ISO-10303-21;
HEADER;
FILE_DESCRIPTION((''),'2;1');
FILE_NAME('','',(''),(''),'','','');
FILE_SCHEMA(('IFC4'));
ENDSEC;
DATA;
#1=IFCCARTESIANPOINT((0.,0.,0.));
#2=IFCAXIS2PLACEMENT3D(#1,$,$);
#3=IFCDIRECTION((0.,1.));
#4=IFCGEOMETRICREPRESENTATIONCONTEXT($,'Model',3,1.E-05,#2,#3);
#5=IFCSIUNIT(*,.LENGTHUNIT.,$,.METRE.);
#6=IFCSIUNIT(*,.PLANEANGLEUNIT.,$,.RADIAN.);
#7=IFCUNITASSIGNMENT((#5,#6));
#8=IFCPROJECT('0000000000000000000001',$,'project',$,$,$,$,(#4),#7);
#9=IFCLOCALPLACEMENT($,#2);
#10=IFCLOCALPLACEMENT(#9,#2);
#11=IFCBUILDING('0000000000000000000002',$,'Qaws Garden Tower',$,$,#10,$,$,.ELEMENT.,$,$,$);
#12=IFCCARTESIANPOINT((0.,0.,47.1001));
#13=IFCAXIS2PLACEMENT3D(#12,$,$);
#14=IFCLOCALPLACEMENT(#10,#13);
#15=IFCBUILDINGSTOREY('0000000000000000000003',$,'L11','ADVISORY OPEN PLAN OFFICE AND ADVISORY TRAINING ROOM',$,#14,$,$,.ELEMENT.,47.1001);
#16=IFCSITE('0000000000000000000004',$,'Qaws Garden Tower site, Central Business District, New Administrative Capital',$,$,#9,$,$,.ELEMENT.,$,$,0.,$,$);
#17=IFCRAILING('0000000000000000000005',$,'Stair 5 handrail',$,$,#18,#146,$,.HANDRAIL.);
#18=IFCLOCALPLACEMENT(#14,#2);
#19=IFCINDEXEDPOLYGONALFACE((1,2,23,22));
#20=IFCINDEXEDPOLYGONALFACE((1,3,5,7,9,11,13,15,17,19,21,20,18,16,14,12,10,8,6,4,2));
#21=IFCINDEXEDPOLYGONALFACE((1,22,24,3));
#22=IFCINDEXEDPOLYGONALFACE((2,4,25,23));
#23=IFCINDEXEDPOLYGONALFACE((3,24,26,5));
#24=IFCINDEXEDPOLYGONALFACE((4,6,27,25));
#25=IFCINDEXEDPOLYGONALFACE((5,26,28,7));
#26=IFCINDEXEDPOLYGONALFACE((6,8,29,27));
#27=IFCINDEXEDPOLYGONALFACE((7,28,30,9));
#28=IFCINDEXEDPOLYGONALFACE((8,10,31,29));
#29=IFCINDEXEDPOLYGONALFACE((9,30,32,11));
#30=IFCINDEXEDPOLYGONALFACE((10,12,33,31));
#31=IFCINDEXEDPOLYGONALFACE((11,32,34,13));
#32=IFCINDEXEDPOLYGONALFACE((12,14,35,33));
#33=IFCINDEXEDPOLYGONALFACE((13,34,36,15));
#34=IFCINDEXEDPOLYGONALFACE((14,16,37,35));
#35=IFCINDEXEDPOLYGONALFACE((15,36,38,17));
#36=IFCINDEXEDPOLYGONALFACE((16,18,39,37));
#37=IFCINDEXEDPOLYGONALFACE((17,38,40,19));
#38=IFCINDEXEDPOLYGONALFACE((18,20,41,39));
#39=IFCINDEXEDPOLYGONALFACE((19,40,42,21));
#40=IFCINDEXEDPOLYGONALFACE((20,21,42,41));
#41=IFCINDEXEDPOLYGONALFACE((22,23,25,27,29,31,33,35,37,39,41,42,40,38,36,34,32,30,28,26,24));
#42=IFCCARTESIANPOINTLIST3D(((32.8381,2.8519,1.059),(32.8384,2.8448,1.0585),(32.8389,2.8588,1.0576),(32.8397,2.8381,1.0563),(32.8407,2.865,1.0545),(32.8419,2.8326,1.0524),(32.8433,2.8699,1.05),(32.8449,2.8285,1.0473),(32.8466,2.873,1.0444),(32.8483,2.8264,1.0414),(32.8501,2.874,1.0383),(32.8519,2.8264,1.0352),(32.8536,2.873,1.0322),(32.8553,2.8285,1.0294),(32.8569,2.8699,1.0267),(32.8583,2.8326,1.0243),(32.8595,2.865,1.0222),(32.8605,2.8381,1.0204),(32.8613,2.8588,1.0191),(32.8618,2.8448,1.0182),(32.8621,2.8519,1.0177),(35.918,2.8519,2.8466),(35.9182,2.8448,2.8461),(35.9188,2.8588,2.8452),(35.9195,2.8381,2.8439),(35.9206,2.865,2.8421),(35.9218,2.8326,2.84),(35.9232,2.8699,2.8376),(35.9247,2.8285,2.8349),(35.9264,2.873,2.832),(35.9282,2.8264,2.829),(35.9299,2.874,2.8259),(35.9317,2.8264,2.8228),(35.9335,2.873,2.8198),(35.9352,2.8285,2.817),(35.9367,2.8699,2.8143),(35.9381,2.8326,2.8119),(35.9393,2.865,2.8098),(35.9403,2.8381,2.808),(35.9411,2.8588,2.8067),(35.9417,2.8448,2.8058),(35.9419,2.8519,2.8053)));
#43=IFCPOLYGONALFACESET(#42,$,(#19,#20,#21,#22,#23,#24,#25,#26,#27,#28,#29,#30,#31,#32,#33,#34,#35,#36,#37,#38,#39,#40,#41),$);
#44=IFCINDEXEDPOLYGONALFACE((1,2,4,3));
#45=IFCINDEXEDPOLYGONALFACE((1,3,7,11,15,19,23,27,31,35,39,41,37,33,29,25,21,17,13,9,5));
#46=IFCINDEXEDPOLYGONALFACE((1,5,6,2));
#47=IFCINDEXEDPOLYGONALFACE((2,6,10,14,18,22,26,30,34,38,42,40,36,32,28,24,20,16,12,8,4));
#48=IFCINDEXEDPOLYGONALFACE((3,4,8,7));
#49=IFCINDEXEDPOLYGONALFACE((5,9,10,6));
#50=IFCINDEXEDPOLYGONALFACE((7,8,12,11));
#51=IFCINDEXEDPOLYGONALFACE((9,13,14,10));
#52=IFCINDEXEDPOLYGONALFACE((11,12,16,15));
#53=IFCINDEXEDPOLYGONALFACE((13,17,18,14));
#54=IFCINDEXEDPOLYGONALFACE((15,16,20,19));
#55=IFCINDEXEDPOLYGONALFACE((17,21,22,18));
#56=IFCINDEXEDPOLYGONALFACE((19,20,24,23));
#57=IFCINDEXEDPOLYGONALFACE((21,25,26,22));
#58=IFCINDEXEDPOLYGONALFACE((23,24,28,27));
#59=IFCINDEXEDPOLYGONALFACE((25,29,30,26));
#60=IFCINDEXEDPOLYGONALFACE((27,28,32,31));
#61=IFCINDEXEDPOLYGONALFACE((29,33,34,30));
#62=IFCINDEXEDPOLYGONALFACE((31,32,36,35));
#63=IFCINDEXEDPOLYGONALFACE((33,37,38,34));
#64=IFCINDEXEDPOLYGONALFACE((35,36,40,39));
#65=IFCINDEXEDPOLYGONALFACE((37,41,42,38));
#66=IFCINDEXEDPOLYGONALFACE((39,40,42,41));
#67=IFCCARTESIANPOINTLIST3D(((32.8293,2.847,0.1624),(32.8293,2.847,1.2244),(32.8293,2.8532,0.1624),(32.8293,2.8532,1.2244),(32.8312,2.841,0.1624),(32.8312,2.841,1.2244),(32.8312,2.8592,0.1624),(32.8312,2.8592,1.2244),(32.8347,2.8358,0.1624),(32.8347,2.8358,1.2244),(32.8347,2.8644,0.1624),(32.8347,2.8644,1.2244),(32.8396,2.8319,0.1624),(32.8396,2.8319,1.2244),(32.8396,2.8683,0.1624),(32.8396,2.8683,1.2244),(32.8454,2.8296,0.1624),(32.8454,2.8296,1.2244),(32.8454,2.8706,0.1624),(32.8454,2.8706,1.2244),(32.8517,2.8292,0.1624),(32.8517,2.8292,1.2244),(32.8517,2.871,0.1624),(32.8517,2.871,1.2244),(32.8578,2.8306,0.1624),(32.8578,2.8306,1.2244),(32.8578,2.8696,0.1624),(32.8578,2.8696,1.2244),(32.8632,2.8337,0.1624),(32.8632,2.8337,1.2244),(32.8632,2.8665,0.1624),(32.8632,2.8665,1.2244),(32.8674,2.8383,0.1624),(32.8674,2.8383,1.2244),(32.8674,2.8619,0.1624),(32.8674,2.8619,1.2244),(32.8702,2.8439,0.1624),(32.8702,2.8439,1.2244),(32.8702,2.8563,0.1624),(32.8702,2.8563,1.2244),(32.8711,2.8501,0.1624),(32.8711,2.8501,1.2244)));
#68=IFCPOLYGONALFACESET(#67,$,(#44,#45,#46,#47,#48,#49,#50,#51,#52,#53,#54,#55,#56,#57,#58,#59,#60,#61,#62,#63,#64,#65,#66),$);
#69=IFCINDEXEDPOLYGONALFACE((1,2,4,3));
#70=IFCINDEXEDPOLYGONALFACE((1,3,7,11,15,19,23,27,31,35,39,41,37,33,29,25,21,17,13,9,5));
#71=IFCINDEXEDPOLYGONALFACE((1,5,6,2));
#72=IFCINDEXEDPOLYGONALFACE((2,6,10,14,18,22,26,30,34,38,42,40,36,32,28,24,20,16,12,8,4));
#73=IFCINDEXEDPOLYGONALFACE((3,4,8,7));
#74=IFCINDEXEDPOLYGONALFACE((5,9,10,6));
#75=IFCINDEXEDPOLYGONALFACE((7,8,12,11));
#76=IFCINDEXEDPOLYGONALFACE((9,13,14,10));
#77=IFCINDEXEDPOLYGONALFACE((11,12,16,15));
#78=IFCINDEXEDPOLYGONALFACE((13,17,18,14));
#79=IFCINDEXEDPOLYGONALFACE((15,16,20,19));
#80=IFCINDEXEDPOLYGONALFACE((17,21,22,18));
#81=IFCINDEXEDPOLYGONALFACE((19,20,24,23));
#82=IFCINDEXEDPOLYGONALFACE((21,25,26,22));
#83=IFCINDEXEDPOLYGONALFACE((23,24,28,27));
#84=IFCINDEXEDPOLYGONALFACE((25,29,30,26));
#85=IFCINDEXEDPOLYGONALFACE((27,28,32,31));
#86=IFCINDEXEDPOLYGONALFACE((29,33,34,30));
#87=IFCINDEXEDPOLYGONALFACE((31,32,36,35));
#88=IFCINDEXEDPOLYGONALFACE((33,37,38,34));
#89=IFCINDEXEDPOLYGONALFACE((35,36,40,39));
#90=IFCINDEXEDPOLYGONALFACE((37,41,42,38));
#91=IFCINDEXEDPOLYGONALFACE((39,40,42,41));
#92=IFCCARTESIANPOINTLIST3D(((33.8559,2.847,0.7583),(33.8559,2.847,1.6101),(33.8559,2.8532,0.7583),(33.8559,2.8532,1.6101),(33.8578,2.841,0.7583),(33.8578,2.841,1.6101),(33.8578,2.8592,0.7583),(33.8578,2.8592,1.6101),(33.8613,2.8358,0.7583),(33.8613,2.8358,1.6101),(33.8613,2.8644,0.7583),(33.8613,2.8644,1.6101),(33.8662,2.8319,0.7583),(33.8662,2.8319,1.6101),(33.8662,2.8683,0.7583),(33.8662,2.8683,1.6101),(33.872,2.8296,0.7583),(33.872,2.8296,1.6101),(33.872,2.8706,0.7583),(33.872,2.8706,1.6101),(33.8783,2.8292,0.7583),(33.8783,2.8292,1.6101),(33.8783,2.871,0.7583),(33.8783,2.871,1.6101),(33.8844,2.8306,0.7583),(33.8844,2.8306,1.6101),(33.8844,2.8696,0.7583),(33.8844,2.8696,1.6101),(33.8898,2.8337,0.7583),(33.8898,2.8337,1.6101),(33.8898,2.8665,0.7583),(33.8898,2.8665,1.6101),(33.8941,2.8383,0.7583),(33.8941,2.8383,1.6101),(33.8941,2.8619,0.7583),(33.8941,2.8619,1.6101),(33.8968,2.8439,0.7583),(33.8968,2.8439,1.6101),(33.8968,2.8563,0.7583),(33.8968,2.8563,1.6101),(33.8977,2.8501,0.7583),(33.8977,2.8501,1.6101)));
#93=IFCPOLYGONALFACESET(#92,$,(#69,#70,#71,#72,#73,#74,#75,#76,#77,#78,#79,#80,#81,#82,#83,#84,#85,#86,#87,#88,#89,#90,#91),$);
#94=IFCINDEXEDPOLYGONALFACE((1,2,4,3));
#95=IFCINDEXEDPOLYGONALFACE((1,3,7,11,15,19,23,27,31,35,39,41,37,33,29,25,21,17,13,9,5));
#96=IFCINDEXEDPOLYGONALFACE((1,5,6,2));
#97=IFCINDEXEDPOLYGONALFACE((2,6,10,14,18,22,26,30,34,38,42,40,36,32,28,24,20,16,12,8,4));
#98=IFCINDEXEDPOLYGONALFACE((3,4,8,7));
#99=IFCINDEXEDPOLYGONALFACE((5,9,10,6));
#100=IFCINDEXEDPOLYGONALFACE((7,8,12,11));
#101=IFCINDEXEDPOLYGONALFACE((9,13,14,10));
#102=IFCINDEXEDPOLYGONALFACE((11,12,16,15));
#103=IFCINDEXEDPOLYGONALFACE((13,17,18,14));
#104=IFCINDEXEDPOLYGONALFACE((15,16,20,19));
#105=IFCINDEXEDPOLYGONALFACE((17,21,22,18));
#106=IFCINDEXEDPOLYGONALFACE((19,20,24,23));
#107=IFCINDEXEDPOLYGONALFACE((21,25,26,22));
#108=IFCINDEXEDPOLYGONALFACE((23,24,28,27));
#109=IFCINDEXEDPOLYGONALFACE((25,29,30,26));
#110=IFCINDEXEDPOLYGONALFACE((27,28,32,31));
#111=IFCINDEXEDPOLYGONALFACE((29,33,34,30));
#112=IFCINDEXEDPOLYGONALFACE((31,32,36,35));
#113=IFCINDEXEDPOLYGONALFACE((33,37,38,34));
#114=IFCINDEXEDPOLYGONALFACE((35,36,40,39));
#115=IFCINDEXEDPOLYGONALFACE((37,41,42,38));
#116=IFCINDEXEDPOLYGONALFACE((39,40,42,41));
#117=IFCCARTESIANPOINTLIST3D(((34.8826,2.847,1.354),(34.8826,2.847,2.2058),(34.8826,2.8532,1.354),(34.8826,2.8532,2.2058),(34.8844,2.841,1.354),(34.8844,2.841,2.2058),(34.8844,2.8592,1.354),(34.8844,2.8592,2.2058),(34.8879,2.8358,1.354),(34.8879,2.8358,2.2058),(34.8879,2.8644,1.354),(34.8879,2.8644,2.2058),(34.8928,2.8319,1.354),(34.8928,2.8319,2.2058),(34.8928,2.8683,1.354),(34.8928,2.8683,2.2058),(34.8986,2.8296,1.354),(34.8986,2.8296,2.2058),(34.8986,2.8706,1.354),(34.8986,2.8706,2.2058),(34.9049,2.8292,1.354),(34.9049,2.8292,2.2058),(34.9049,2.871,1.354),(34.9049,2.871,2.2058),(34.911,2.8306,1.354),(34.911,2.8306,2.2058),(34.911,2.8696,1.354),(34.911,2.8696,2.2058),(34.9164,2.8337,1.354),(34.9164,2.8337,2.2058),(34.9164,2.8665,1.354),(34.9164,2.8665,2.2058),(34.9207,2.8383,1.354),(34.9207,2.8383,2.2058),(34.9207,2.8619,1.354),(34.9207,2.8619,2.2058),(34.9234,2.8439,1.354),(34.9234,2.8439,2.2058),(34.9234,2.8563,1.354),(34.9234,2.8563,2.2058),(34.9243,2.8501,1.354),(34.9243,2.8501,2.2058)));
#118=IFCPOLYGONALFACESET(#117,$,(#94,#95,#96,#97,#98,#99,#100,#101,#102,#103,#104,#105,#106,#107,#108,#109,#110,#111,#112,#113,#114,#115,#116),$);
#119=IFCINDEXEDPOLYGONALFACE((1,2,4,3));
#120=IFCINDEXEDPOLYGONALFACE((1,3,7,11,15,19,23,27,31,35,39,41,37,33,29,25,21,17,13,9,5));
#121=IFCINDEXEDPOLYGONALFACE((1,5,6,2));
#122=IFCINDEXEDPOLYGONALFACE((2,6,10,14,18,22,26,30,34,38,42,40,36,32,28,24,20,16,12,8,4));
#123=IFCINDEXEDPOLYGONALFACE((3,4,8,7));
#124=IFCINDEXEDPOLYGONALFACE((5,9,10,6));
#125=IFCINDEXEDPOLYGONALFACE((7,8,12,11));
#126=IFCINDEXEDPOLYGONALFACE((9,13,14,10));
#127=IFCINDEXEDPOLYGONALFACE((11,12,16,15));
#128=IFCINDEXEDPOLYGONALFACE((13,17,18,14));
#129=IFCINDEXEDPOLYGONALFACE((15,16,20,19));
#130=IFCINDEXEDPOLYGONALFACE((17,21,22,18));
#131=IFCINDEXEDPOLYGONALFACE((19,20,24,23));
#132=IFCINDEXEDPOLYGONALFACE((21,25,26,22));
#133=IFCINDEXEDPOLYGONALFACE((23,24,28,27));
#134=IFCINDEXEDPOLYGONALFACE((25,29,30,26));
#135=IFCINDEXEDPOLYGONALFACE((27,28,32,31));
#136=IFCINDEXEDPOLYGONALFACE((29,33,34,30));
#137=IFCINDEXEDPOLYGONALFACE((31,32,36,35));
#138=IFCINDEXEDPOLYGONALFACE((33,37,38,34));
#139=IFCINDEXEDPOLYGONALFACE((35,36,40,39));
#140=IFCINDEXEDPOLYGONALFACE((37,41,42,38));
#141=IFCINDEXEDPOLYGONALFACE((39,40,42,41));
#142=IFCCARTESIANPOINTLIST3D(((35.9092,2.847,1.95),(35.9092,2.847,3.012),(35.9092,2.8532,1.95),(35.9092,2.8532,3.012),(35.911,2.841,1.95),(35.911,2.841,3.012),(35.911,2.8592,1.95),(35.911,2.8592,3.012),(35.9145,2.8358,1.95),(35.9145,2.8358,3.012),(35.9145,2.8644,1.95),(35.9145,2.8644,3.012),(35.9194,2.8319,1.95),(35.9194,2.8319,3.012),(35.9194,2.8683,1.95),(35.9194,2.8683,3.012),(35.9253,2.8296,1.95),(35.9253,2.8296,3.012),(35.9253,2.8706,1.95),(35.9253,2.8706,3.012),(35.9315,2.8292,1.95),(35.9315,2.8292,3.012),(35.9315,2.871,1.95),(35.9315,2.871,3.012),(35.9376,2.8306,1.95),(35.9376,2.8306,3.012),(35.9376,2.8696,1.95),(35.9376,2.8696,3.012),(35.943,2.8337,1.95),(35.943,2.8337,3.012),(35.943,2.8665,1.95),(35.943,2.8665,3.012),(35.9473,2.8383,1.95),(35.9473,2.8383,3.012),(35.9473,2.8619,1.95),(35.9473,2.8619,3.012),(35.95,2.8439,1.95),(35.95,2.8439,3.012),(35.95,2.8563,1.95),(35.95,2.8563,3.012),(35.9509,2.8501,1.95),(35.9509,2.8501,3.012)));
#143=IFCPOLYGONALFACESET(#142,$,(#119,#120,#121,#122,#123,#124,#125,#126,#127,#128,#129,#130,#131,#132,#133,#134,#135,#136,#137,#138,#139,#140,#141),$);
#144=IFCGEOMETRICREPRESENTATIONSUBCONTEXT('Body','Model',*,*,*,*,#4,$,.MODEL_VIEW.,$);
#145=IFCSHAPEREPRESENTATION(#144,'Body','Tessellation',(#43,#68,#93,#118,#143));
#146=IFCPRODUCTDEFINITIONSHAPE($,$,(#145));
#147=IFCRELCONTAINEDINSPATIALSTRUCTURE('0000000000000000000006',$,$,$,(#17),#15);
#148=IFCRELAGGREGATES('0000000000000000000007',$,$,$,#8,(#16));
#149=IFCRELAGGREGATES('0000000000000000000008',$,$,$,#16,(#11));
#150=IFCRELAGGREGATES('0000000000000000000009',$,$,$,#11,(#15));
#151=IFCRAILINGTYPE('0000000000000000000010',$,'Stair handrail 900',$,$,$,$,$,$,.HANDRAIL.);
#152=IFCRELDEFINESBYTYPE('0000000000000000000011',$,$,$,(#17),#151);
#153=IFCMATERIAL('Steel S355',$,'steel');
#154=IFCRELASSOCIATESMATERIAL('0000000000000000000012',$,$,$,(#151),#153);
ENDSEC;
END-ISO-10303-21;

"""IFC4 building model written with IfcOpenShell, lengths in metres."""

from ifc_helpers import new_model, si_unit, direction, frame, origin, origin_2d, place, context, subcontext, project, spatial, circle, extrude, material, type_object, element, save


model = new_model("IFC4")

# Units and contexts
model_context = context("Model", 3, precision=1e-05, world=origin(), true_north=direction((0.0, 1.0)))
body_context = subcontext(model_context, "Body", "Model", "MODEL_VIEW")
ifc_project = project(units=[si_unit("LENGTHUNIT", "METRE"), si_unit("PLANEANGLEUNIT", "RADIAN")], contexts=[model_context])

# Site, building, storey
site_placement = place(None, origin())
site = spatial("IfcSite", under=ifc_project, at=site_placement, Name="Qaws Garden Tower site, Central Business District, New Administrative Capital", CompositionType="ELEMENT", RefElevation=0.0)
building_placement = place(site_placement, origin())
building = spatial("IfcBuilding", under=site, at=building_placement, Name="Qaws Garden Tower", CompositionType="ELEMENT")
storey_placement = place(building_placement, frame((0.0, 0.0, 47.1001)))
storey = spatial("IfcBuildingStorey", under=building, at=storey_placement, Name="L11", Description="ADVISORY OPEN PLAN OFFICE AND ADVISORY TRAINING ROOM", CompositionType="ELEMENT", Elevation=47.1001)

# Railing
ifc_material_1 = material(Name="Steel S355", Category="steel")
railing_type = type_object("IfcRailingType", Name="Stair handrail 900", PredefinedType="HANDRAIL", material=ifc_material_1)
railing_1_placement = place(storey_placement, frame((32.8501, 2.8501, 0.1624)))
element("IfcRailing", 1, at=railing_1_placement, inside=storey, type_object=railing_type, Name="Stair 5 handrail", PredefinedType="HANDRAIL", context=body_context, shape_type="SweptSolid", body=[
    extrude(circle(Radius=0.0239, at=origin_2d()), frame((0.0, 0.0, 0.876), z_axis=(0.864873, 0.0, 0.50199), x_axis=(0.0, 1.0, 0.0)), (0.0, 0.0, 1.0), 3.561),
    extrude(circle(Radius=0.021, at=origin_2d()), origin(), (0.0, 0.0, 1.0), 1.062),
    extrude(circle(Radius=0.021, at=origin_2d()), frame((1.0266, 0.0, 0.5959)), (0.0, 0.0, 1.0), 0.8518),
    extrude(circle(Radius=0.021, at=origin_2d()), frame((2.0532, 0.0, 1.1917)), (0.0, 0.0, 1.0), 0.8518),
    extrude(circle(Radius=0.021, at=origin_2d()), frame((3.0798, 0.0, 1.7876)), (0.0, 0.0, 1.0), 1.062),
])

save(model, "model.ifc")
